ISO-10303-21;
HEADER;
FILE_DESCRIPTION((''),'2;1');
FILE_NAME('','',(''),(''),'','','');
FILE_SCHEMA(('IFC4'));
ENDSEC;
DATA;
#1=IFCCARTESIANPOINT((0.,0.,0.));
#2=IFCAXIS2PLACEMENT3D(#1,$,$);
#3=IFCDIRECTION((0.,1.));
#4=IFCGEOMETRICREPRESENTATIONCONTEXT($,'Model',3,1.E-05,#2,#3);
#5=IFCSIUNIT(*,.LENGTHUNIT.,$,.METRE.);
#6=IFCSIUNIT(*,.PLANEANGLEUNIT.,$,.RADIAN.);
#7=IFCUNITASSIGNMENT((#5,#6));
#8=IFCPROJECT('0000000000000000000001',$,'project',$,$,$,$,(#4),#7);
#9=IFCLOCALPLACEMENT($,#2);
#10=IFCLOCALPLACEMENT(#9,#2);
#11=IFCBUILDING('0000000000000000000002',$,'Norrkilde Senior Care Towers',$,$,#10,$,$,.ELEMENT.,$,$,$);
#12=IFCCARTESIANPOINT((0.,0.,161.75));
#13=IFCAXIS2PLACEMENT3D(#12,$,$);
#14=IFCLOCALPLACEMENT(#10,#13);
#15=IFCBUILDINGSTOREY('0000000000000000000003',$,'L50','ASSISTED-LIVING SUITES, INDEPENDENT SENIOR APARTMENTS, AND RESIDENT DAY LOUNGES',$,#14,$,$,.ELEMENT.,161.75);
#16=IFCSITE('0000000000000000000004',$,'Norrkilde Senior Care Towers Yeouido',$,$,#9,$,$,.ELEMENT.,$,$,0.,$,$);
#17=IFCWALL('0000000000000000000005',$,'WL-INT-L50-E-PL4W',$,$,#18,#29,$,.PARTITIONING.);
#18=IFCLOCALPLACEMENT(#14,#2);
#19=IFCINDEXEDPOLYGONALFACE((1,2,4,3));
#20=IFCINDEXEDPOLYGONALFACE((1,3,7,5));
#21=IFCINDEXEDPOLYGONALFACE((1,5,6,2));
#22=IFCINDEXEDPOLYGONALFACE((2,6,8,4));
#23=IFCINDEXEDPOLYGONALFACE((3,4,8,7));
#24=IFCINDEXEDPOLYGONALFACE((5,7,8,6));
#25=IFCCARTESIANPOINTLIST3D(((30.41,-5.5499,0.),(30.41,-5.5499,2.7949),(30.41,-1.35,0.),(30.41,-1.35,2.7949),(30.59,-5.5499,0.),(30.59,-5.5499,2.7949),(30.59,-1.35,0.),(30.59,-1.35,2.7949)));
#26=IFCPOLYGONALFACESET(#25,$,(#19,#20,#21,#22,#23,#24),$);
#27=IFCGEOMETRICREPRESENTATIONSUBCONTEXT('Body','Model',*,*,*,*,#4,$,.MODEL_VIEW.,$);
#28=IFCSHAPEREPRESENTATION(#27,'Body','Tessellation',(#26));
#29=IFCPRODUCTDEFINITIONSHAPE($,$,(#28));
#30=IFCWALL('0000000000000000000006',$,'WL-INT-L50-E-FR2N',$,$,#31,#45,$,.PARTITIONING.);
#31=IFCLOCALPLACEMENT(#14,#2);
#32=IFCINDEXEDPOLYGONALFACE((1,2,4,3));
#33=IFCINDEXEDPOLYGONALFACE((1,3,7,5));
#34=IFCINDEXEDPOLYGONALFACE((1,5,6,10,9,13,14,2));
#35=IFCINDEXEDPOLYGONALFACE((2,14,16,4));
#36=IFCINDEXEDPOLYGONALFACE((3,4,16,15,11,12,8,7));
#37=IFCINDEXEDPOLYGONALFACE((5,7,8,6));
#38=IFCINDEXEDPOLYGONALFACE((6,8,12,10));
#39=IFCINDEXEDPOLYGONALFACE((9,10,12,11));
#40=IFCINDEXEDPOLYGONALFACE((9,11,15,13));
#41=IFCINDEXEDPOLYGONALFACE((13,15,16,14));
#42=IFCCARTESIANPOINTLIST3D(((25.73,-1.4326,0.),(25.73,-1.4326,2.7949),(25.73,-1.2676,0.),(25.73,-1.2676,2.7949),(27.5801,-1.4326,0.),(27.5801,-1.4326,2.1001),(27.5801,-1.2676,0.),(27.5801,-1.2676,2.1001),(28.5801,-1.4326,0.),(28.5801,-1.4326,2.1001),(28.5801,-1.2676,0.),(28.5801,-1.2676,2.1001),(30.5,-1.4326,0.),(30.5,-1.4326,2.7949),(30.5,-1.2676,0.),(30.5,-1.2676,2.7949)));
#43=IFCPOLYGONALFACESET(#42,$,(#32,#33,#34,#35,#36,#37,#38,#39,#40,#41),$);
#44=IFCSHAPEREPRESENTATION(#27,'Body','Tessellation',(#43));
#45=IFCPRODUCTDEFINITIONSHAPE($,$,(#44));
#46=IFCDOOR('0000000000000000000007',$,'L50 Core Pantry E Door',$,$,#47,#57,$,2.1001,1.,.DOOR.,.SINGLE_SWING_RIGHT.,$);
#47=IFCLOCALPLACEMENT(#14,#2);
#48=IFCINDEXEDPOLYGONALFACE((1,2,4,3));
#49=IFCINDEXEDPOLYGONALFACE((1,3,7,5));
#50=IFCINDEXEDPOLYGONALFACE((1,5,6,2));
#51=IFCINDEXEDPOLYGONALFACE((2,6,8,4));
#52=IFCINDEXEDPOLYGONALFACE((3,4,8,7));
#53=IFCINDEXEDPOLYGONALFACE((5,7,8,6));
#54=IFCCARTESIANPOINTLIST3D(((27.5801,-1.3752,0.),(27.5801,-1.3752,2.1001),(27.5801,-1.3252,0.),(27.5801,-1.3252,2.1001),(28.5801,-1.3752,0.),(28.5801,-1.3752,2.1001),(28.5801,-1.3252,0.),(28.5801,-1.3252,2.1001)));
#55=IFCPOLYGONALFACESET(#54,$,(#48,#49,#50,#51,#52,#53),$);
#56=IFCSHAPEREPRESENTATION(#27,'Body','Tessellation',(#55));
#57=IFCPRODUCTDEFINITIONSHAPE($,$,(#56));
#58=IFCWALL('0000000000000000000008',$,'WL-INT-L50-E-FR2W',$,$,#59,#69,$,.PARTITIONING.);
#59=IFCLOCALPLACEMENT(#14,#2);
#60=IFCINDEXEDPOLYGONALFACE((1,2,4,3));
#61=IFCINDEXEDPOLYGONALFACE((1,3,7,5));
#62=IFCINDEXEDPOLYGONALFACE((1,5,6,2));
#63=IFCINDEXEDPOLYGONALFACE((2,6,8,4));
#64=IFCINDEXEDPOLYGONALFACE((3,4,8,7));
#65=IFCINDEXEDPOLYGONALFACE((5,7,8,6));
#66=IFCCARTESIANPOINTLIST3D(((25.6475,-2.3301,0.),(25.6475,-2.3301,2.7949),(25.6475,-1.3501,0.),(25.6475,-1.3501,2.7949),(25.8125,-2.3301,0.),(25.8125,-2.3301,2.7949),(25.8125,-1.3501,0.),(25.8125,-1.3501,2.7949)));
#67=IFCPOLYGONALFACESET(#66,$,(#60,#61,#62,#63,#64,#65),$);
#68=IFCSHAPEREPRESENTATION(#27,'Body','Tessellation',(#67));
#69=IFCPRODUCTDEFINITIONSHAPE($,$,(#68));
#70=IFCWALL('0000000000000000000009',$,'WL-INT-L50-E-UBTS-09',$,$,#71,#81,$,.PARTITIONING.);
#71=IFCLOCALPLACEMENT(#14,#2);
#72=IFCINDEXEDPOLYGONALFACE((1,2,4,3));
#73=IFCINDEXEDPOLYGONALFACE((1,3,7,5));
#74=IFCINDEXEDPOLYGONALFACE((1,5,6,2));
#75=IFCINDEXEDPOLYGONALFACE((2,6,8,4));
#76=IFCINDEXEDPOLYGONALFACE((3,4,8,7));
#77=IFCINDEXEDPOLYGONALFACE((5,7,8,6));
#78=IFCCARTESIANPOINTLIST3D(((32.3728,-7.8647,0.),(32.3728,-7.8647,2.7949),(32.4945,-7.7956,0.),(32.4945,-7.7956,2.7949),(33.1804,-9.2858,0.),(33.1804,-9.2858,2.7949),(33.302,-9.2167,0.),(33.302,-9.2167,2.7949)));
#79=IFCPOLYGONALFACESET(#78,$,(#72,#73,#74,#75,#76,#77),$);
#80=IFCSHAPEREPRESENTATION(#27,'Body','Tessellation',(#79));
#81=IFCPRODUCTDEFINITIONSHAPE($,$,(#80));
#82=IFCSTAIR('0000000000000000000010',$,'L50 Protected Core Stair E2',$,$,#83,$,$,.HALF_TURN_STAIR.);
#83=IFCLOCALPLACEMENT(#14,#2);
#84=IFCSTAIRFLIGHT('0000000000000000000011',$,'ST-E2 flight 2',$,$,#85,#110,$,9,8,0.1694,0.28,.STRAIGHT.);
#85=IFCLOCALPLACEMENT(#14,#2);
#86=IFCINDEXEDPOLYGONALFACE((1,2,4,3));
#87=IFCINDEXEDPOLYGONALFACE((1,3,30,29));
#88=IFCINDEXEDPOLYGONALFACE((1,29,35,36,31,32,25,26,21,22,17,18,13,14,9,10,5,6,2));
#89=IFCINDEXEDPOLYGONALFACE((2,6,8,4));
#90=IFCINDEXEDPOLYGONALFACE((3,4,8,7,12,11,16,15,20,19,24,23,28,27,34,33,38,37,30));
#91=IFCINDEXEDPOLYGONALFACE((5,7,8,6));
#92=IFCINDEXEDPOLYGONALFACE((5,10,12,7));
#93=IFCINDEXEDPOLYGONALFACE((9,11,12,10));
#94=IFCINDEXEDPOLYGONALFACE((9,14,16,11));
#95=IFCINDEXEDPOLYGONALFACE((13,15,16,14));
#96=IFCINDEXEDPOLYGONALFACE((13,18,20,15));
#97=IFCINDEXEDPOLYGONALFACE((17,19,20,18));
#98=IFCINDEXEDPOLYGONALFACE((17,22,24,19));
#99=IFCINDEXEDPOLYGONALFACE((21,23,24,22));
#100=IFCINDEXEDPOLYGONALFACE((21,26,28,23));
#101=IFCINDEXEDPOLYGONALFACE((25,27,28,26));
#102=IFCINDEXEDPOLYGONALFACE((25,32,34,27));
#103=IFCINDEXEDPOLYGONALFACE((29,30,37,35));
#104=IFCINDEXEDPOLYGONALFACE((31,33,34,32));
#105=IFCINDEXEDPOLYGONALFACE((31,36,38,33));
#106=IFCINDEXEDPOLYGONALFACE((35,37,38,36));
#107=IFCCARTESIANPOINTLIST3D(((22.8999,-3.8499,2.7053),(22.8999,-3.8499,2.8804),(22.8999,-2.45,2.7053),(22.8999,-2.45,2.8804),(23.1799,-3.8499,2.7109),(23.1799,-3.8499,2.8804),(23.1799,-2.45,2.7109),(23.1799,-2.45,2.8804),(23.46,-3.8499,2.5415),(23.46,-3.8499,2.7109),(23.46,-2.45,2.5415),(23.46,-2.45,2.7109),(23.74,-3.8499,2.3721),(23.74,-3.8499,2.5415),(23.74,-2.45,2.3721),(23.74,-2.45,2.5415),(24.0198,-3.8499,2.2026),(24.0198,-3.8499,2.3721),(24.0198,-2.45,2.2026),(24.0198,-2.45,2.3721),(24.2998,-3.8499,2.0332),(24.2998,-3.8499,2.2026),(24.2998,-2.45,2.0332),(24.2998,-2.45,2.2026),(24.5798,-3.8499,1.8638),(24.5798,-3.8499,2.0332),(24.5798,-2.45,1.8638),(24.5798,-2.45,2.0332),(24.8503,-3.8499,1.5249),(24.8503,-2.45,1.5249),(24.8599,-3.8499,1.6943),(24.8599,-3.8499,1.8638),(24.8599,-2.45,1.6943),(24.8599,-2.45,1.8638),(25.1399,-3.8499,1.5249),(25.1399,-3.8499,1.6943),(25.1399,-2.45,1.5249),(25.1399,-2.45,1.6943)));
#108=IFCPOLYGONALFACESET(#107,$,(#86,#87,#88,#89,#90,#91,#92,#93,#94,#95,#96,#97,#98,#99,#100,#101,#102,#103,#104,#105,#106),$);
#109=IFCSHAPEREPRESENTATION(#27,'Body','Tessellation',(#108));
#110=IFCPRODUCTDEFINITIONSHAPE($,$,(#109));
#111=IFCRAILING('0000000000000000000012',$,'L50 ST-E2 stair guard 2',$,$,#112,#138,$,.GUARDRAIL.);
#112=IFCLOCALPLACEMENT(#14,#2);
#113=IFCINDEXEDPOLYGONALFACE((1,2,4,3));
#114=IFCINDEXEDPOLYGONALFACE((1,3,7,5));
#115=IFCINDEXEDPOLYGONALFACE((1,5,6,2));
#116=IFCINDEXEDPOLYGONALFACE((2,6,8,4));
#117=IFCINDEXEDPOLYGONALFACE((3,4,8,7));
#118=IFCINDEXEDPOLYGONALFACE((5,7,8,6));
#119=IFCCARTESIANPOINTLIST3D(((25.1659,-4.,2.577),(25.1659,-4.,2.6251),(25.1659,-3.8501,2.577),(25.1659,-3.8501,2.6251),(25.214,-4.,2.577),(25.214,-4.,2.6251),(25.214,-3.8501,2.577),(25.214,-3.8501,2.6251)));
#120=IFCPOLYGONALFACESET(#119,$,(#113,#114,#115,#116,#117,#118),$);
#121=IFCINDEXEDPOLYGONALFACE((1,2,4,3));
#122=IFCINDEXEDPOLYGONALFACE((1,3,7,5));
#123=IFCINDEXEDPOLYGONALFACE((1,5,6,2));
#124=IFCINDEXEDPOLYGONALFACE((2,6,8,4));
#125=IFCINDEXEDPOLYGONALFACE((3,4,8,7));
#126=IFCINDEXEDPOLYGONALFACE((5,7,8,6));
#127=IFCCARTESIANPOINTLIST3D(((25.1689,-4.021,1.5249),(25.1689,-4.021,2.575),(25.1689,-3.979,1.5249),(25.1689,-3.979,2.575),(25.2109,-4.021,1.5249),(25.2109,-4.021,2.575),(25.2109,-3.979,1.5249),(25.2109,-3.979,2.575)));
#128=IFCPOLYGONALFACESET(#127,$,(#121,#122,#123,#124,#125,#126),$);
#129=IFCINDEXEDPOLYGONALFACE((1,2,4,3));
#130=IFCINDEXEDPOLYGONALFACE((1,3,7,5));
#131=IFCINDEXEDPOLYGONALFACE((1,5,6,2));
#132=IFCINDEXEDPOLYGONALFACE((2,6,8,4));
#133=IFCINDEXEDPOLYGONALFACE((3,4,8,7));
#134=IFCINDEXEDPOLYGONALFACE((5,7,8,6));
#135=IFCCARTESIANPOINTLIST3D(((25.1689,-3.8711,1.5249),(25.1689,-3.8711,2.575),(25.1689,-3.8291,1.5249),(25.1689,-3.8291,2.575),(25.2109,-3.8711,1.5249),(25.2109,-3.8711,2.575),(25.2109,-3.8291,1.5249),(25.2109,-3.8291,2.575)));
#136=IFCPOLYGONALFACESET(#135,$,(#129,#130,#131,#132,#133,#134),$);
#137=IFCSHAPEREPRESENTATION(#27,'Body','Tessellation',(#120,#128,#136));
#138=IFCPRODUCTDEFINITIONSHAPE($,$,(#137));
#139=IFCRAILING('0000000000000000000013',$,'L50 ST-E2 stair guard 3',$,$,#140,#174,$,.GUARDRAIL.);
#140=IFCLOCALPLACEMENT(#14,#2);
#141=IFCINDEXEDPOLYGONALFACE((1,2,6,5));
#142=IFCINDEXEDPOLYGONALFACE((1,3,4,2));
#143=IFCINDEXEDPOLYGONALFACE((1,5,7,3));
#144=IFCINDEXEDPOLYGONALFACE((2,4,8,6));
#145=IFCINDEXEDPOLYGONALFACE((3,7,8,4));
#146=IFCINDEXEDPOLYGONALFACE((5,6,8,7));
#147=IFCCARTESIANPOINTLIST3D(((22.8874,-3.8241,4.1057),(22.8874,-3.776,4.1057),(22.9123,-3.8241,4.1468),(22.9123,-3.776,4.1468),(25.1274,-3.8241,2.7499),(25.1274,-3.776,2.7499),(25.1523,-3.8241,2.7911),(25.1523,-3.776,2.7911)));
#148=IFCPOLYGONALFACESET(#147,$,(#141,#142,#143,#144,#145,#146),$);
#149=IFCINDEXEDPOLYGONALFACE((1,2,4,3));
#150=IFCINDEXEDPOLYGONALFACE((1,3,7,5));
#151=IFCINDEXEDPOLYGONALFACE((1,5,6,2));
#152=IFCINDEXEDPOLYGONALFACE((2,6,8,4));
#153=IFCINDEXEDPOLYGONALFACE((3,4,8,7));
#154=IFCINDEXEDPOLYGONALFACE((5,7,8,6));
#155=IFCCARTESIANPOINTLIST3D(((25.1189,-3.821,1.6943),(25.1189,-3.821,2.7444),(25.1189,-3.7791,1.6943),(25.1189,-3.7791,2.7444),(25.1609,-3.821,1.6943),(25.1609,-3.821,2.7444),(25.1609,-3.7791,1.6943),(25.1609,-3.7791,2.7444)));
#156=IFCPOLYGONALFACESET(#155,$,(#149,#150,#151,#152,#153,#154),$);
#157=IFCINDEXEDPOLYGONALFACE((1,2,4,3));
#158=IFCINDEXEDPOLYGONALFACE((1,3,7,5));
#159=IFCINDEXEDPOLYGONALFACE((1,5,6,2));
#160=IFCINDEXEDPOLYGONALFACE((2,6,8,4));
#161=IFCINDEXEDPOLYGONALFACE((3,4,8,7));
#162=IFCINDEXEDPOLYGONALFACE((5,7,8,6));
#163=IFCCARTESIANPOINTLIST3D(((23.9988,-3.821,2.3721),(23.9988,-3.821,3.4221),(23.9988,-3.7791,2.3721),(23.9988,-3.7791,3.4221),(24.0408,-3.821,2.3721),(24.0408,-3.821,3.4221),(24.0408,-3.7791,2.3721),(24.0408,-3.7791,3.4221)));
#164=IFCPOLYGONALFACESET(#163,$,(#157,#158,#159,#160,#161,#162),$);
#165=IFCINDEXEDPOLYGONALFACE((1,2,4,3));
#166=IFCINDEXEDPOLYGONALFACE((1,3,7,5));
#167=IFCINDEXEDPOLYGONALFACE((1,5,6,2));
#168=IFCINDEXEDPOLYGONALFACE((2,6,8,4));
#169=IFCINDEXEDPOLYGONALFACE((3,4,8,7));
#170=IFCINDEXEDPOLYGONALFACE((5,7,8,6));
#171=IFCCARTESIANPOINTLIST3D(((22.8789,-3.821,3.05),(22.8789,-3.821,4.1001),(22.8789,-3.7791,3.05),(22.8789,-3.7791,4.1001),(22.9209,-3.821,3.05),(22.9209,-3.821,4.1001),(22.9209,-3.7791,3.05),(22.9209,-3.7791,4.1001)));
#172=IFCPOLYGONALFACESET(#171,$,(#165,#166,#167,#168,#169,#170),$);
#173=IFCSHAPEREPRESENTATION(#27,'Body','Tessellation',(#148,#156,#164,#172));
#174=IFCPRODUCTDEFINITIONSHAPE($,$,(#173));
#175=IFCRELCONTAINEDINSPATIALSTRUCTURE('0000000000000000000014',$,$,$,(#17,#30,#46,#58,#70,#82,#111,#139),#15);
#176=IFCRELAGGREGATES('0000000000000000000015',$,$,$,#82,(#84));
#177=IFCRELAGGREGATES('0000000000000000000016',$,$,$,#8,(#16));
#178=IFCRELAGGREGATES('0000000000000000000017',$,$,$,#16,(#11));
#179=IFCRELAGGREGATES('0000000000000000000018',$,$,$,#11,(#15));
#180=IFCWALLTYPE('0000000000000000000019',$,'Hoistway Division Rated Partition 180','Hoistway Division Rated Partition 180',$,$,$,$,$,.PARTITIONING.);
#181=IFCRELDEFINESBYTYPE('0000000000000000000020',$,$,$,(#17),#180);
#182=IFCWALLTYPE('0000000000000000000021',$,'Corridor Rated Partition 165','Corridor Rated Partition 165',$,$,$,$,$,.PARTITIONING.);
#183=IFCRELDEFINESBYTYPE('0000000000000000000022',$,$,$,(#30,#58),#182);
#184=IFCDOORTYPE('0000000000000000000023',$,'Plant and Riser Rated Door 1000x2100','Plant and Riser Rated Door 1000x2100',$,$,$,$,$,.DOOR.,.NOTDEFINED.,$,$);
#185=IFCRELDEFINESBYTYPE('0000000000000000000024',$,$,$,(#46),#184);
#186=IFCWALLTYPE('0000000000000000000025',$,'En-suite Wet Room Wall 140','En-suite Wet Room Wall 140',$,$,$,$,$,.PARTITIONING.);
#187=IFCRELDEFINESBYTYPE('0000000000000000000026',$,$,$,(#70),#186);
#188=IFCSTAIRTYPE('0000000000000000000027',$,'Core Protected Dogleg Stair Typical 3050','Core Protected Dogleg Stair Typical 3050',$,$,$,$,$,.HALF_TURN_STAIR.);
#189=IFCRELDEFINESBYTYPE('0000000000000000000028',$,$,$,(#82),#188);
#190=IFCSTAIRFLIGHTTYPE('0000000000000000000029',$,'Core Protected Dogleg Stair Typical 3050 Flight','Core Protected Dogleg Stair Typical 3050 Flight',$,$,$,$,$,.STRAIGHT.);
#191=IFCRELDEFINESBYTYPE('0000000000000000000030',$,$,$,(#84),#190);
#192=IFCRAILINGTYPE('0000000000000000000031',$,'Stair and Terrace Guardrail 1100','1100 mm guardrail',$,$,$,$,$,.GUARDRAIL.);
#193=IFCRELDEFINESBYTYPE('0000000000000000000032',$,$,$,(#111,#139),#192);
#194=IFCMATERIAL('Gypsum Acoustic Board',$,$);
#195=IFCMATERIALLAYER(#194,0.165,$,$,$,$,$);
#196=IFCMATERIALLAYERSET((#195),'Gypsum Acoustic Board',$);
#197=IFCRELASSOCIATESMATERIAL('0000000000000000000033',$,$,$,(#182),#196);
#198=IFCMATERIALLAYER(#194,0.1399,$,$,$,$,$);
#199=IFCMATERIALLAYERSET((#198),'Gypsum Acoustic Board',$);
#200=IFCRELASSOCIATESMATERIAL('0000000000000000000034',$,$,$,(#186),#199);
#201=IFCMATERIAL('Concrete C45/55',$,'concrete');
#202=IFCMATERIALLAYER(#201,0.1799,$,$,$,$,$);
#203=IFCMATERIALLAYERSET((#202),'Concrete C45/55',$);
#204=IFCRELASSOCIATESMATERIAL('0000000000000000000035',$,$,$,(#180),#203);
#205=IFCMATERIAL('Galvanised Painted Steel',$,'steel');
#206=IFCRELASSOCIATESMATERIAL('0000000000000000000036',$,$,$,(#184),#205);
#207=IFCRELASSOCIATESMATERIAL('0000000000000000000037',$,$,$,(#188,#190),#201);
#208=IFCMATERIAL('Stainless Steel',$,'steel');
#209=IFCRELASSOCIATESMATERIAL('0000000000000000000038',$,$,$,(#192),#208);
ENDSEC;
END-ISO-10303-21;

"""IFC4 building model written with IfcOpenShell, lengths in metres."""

from ifc_helpers import new_model, si_unit, direction, frame, frame_2d, origin, origin_2d, place, context, subcontext, project, spatial, polyline, rectangle, outline, extrude, source, transform, mapped, material, layer, layer_set, type_object, type_shapes, element, fill, aggregate, save


model = new_model("IFC4")

# Units and contexts
model_context = context("Model", 3, precision=1e-05, world=origin(), true_north=direction((0.0, 1.0)))
body_context = subcontext(model_context, "Body", "Model", "MODEL_VIEW")
ifc_project = project(units=[si_unit("LENGTHUNIT", "METRE"), si_unit("PLANEANGLEUNIT", "RADIAN")], contexts=[model_context])

# Site, building, storey
site_placement = place(None, origin())
site = spatial("IfcSite", under=ifc_project, at=site_placement, Name="Norrkilde Senior Care Towers Yeouido", CompositionType="ELEMENT", RefElevation=0.0)
building_placement = place(site_placement, origin())
building = spatial("IfcBuilding", under=site, at=building_placement, Name="Norrkilde Senior Care Towers", CompositionType="ELEMENT")
storey_placement = place(building_placement, frame((0.0, 0.0, 161.75)))
storey = spatial("IfcBuildingStorey", under=building, at=storey_placement, Name="L50", Description="ASSISTED-LIVING SUITES, INDEPENDENT SENIOR APARTMENTS, AND RESIDENT DAY LOUNGES", CompositionType="ELEMENT", Elevation=161.75)

# Shared definitions
ifc_material_1 = material(Name="Concrete C45/55", Category="concrete")

# Shared definitions
ifc_material_2 = material(Name="Gypsum Acoustic Board")
ifc_layer_1 = layer(ifc_material_2, 0.165)
ifc_layer_set_1 = layer_set([ifc_layer_1], Name="Gypsum Acoustic Board")
wall_type_1 = type_object("IfcWallType", Name="Corridor Rated Partition 165", Description="Corridor Rated Partition 165", PredefinedType="PARTITIONING", material=ifc_layer_set_1)
ifc_material_3 = material(Name="Galvanised Painted Steel", Category="steel")

# Shared definitions
ifc_layer_2 = layer(ifc_material_2, 0.1399)
ifc_layer_set_2 = layer_set([ifc_layer_2], Name="Gypsum Acoustic Board")
wall_type_2 = type_object("IfcWallType", Name="En-suite Wet Room Wall 140", Description="En-suite Wet Room Wall 140", PredefinedType="PARTITIONING", material=ifc_layer_set_2)
ifc_material_4 = material(Name="Stainless Steel", Category="steel")

# Wall
ifc_layer_3 = layer(ifc_material_1, 0.1799)
ifc_layer_set_3 = layer_set([ifc_layer_3], Name="Concrete C45/55")
wall_type_3 = type_object("IfcWallType", Name="Hoistway Division Rated Partition 180", Description="Hoistway Division Rated Partition 180", PredefinedType="PARTITIONING", material=ifc_layer_set_3)
shared_shape_1 = source(origin(), body_context, "Body", "SweptSolid", [
    extrude(rectangle(XDim=4.2, YDim=0.1799, at=frame_2d((2.1001, 0.0))), origin(), (0.0, 0.0, 1.0), 2.7949),
])
type_shapes(wall_type_3, [shared_shape_1])
wall_1_placement = place(storey_placement, frame((30.5, -5.55, 0.0), z_axis=(0.0, 0.0, 1.0), x_axis=(0.0, 1.0, 0.0)))
element("IfcWall", 1, at=wall_1_placement, inside=storey, type_object=wall_type_3, Name="WL-INT-L50-E-PL4W", PredefinedType="PARTITIONING", context=body_context, shape_type="MappedRepresentation", body=[
    mapped(shared_shape_1, transform((0.0, 0.0, 0.0), x_axis=(1.0, 0.0, 0.0), y_axis=(0.0, 1.0, 0.0), z_axis=(0.0, 0.0, 1.0), scale=1.0)),
])

# Wall, opening, door
shared_shape_2 = source(origin(), body_context, "Body", "SweptSolid", [
    extrude(rectangle(XDim=4.77, YDim=0.165, at=frame_2d((2.385, 0.0))), origin(), (0.0, 0.0, 1.0), 2.7949),
])
wall_2_placement = place(storey_placement, frame((25.73, -1.3501, 0.0), z_axis=(0.0, 0.0, 1.0), x_axis=(1.0, 0.0, 0.0)))
wall_2 = element("IfcWall", 2, at=wall_2_placement, inside=storey, type_object=wall_type_1, Name="WL-INT-L50-E-FR2N", PredefinedType="PARTITIONING", context=body_context, shape_type="MappedRepresentation", body=[
    mapped(shared_shape_2, transform((0.0, 0.0, 0.0), x_axis=(1.0, 0.0, 0.0), y_axis=(0.0, 1.0, 0.0), z_axis=(0.0, 0.0, 1.0), scale=1.0)),
])
opening_1_placement = place(wall_2_placement, frame((1.8501, 0.0, 0.0)))
opening_1 = element("IfcOpeningElement", 3, at=opening_1_placement, cuts=wall_2, PredefinedType="OPENING", context=body_context, shape_type="SweptSolid", body=[
    extrude(rectangle(XDim=1.0, YDim=2.1001, at=frame_2d((0.5, 1.05))), frame((0.0, 0.0925, 0.0), z_axis=(0.0, -1.0, 0.0), x_axis=(1.0, 0.0, 0.0)), (0.0, 0.0, 1.0), 0.1851),
])
door_type_1 = type_object("IfcDoorType", Name="Plant and Riser Rated Door 1000x2100", Description="Plant and Riser Rated Door 1000x2100", OperationType="NOTDEFINED", PredefinedType="DOOR", material=ifc_material_3)
shared_shape_3 = source(origin(), body_context, "Body", "SweptSolid", [
    extrude(rectangle(XDim=1.0, YDim=2.1001, at=frame_2d((0.5, 1.05))), frame((0.0, 0.0249, 0.0), z_axis=(0.0, -1.0, 0.0), x_axis=(1.0, 0.0, 0.0)), (0.0, 0.0, 1.0), 0.05),
])
type_shapes(door_type_1, [shared_shape_3])
door_1_placement = place(opening_1_placement, origin())
door_1 = element("IfcDoor", 4, at=door_1_placement, inside=storey, type_object=door_type_1, Name="L50 Core Pantry E Door", OperationType="SINGLE_SWING_RIGHT", OverallHeight=2.1001, OverallWidth=1.0, PredefinedType="DOOR", context=body_context, shape_type="MappedRepresentation", body=[
    mapped(shared_shape_3, transform((0.0, 0.0, 0.0), x_axis=(1.0, 0.0, 0.0), y_axis=(0.0, 1.0, 0.0), z_axis=(0.0, 0.0, 1.0), scale=1.0)),
])
fill(opening_1, door_1)

# Walls
shared_shape_4 = source(origin(), body_context, "Body", "SweptSolid", [
    extrude(rectangle(XDim=0.98, YDim=0.165, at=frame_2d((0.49, 0.0))), origin(), (0.0, 0.0, 1.0), 2.7949),
])
wall_3_placement = place(storey_placement, frame((25.73, -2.3301, 0.0), z_axis=(0.0, 0.0, 1.0), x_axis=(0.0, 1.0, 0.0)))
element("IfcWall", 5, at=wall_3_placement, inside=storey, type_object=wall_type_1, Name="WL-INT-L50-E-FR2W", PredefinedType="PARTITIONING", context=body_context, shape_type="MappedRepresentation", body=[
    mapped(shared_shape_4, transform((0.0, 0.0, 0.0), x_axis=(1.0, 0.0, 0.0), y_axis=(0.0, 1.0, 0.0), z_axis=(0.0, 0.0, 1.0), scale=1.0)),
])
shared_shape_5 = source(origin(), body_context, "Body", "SweptSolid", [
    extrude(rectangle(XDim=1.6345, YDim=0.1399, at=frame_2d((0.8174, 0.0))), origin(), (0.0, 0.0, 1.0), 2.7949),
])
wall_4_placement = place(storey_placement, frame((32.4336, -7.8301, 0.0), z_axis=(0.0, 0.0, 1.0), x_axis=(0.494079, -0.869417, 0.0)))
element("IfcWall", 6, at=wall_4_placement, inside=storey, type_object=wall_type_2, Name="WL-INT-L50-E-UBTS-09", PredefinedType="PARTITIONING", context=body_context, shape_type="MappedRepresentation", body=[
    mapped(shared_shape_5, transform((0.0, 0.0, 0.0), x_axis=(1.0, 0.0, 0.0), y_axis=(0.0, 1.0, 0.0), z_axis=(0.0, 0.0, 1.0), scale=1.0)),
])

# Stair, stair flight
stair_type = type_object("IfcStairType", Name="Core Protected Dogleg Stair Typical 3050", Description="Core Protected Dogleg Stair Typical 3050", PredefinedType="HALF_TURN_STAIR", material=ifc_material_1)
stair_placement = place(storey_placement, origin())
stair = element("IfcStair", 7, at=stair_placement, inside=storey, type_object=stair_type, Name="L50 Protected Core Stair E2", PredefinedType="HALF_TURN_STAIR")
stair_flight_type = type_object("IfcStairFlightType", Name="Core Protected Dogleg Stair Typical 3050 Flight", Description="Core Protected Dogleg Stair Typical 3050 Flight", PredefinedType="STRAIGHT", material=ifc_material_1)
stair_flight_placement = place(storey_placement, frame((25.1399, -3.1499, 1.5249), z_axis=(0.0, 0.0, 1.0), x_axis=(-1.0, 0.0, 0.0)))
stair_flight = element("IfcStairFlight", 8, at=stair_flight_placement, type_object=stair_flight_type, Name="ST-E2 flight 2", NumberOfRisers=9, NumberOfTreads=8, PredefinedType="STRAIGHT", RiserHeight=0.1694, TreadLength=0.28, context=body_context, shape_type="SweptSolid", body=[
    extrude(outline(polyline([(0.0, 0.0), (0.0, 0.1694), (0.28, 0.1694), (0.28, 0.3389), (0.5601, 0.3389), (0.5601, 0.5083), (0.8401, 0.5083), (0.8401, 0.6777), (1.1201, 0.6777), (1.1201, 0.8472), (1.3999, 0.8472), (1.3999, 1.0166), (1.6799, 1.0166), (1.6799, 1.186), (1.96, 1.186), (1.96, 1.3555), (2.24, 1.3555), (2.24, 1.5249), (2.24, 1.1804), (0.2896, 0.0), (0.0, 0.0)])), frame((0.0, 0.7, 0.0), z_axis=(0.0, -1.0, 0.0), x_axis=(1.0, 0.0, 0.0)), (0.0, 0.0, 1.0), 1.3999),
])
aggregate(stair, [stair_flight])

# Railings
railing_type_1 = type_object("IfcRailingType", Name="Stair and Terrace Guardrail 1100", Description="1100 mm guardrail", PredefinedType="GUARDRAIL", material=ifc_material_4)
railing_1_placement = place(storey_placement, frame((25.1899, -4.0, 1.5249)))
element("IfcRailing", 9, at=railing_1_placement, inside=storey, type_object=railing_type_1, Name="L50 ST-E2 stair guard 2", PredefinedType="GUARDRAIL", context=body_context, shape_type="SweptSolid", body=[
    extrude(rectangle(XDim=0.0481, YDim=0.0481, at=origin_2d()), frame((0.0, 0.0, 1.0762), z_axis=(0.0, 1.0, 0.0), x_axis=(-1.0, 0.0, 0.0)), (0.0, 0.0, 1.0), 0.1499),
    extrude(rectangle(XDim=0.042, YDim=0.042, at=origin_2d()), origin(), (0.0, 0.0, 1.0), 1.05),
    extrude(rectangle(XDim=0.042, YDim=0.042, at=origin_2d()), frame((0.0, 0.1499, 0.0)), (0.0, 0.0, 1.0), 1.05),
])
railing_2_placement = place(storey_placement, frame((25.1399, -3.8, 1.6943)))
element("IfcRailing", 10, at=railing_2_placement, inside=storey, type_object=railing_type_1, Name="L50 ST-E2 stair guard 3", PredefinedType="GUARDRAIL", context=body_context, shape_type="SweptSolid", body=[
    extrude(rectangle(XDim=0.0481, YDim=0.0481, at=origin_2d()), frame((0.0, 0.0, 1.0762), z_axis=(-0.855512, 0.0, 0.517783), x_axis=(0.0, -1.0, 0.0)), (0.0, 0.0, 1.0), 2.6184),
    extrude(rectangle(XDim=0.042, YDim=0.042, at=origin_2d()), origin(), (0.0, 0.0, 1.0), 1.05),
    extrude(rectangle(XDim=0.042, YDim=0.042, at=origin_2d()), frame((-1.1201, 0.0, 0.6777)), (0.0, 0.0, 1.0), 1.05),
    extrude(rectangle(XDim=0.042, YDim=0.042, at=origin_2d()), frame((-2.24, 0.0, 1.3557)), (0.0, 0.0, 1.0), 1.05),
])

save(model, "model.ifc")
